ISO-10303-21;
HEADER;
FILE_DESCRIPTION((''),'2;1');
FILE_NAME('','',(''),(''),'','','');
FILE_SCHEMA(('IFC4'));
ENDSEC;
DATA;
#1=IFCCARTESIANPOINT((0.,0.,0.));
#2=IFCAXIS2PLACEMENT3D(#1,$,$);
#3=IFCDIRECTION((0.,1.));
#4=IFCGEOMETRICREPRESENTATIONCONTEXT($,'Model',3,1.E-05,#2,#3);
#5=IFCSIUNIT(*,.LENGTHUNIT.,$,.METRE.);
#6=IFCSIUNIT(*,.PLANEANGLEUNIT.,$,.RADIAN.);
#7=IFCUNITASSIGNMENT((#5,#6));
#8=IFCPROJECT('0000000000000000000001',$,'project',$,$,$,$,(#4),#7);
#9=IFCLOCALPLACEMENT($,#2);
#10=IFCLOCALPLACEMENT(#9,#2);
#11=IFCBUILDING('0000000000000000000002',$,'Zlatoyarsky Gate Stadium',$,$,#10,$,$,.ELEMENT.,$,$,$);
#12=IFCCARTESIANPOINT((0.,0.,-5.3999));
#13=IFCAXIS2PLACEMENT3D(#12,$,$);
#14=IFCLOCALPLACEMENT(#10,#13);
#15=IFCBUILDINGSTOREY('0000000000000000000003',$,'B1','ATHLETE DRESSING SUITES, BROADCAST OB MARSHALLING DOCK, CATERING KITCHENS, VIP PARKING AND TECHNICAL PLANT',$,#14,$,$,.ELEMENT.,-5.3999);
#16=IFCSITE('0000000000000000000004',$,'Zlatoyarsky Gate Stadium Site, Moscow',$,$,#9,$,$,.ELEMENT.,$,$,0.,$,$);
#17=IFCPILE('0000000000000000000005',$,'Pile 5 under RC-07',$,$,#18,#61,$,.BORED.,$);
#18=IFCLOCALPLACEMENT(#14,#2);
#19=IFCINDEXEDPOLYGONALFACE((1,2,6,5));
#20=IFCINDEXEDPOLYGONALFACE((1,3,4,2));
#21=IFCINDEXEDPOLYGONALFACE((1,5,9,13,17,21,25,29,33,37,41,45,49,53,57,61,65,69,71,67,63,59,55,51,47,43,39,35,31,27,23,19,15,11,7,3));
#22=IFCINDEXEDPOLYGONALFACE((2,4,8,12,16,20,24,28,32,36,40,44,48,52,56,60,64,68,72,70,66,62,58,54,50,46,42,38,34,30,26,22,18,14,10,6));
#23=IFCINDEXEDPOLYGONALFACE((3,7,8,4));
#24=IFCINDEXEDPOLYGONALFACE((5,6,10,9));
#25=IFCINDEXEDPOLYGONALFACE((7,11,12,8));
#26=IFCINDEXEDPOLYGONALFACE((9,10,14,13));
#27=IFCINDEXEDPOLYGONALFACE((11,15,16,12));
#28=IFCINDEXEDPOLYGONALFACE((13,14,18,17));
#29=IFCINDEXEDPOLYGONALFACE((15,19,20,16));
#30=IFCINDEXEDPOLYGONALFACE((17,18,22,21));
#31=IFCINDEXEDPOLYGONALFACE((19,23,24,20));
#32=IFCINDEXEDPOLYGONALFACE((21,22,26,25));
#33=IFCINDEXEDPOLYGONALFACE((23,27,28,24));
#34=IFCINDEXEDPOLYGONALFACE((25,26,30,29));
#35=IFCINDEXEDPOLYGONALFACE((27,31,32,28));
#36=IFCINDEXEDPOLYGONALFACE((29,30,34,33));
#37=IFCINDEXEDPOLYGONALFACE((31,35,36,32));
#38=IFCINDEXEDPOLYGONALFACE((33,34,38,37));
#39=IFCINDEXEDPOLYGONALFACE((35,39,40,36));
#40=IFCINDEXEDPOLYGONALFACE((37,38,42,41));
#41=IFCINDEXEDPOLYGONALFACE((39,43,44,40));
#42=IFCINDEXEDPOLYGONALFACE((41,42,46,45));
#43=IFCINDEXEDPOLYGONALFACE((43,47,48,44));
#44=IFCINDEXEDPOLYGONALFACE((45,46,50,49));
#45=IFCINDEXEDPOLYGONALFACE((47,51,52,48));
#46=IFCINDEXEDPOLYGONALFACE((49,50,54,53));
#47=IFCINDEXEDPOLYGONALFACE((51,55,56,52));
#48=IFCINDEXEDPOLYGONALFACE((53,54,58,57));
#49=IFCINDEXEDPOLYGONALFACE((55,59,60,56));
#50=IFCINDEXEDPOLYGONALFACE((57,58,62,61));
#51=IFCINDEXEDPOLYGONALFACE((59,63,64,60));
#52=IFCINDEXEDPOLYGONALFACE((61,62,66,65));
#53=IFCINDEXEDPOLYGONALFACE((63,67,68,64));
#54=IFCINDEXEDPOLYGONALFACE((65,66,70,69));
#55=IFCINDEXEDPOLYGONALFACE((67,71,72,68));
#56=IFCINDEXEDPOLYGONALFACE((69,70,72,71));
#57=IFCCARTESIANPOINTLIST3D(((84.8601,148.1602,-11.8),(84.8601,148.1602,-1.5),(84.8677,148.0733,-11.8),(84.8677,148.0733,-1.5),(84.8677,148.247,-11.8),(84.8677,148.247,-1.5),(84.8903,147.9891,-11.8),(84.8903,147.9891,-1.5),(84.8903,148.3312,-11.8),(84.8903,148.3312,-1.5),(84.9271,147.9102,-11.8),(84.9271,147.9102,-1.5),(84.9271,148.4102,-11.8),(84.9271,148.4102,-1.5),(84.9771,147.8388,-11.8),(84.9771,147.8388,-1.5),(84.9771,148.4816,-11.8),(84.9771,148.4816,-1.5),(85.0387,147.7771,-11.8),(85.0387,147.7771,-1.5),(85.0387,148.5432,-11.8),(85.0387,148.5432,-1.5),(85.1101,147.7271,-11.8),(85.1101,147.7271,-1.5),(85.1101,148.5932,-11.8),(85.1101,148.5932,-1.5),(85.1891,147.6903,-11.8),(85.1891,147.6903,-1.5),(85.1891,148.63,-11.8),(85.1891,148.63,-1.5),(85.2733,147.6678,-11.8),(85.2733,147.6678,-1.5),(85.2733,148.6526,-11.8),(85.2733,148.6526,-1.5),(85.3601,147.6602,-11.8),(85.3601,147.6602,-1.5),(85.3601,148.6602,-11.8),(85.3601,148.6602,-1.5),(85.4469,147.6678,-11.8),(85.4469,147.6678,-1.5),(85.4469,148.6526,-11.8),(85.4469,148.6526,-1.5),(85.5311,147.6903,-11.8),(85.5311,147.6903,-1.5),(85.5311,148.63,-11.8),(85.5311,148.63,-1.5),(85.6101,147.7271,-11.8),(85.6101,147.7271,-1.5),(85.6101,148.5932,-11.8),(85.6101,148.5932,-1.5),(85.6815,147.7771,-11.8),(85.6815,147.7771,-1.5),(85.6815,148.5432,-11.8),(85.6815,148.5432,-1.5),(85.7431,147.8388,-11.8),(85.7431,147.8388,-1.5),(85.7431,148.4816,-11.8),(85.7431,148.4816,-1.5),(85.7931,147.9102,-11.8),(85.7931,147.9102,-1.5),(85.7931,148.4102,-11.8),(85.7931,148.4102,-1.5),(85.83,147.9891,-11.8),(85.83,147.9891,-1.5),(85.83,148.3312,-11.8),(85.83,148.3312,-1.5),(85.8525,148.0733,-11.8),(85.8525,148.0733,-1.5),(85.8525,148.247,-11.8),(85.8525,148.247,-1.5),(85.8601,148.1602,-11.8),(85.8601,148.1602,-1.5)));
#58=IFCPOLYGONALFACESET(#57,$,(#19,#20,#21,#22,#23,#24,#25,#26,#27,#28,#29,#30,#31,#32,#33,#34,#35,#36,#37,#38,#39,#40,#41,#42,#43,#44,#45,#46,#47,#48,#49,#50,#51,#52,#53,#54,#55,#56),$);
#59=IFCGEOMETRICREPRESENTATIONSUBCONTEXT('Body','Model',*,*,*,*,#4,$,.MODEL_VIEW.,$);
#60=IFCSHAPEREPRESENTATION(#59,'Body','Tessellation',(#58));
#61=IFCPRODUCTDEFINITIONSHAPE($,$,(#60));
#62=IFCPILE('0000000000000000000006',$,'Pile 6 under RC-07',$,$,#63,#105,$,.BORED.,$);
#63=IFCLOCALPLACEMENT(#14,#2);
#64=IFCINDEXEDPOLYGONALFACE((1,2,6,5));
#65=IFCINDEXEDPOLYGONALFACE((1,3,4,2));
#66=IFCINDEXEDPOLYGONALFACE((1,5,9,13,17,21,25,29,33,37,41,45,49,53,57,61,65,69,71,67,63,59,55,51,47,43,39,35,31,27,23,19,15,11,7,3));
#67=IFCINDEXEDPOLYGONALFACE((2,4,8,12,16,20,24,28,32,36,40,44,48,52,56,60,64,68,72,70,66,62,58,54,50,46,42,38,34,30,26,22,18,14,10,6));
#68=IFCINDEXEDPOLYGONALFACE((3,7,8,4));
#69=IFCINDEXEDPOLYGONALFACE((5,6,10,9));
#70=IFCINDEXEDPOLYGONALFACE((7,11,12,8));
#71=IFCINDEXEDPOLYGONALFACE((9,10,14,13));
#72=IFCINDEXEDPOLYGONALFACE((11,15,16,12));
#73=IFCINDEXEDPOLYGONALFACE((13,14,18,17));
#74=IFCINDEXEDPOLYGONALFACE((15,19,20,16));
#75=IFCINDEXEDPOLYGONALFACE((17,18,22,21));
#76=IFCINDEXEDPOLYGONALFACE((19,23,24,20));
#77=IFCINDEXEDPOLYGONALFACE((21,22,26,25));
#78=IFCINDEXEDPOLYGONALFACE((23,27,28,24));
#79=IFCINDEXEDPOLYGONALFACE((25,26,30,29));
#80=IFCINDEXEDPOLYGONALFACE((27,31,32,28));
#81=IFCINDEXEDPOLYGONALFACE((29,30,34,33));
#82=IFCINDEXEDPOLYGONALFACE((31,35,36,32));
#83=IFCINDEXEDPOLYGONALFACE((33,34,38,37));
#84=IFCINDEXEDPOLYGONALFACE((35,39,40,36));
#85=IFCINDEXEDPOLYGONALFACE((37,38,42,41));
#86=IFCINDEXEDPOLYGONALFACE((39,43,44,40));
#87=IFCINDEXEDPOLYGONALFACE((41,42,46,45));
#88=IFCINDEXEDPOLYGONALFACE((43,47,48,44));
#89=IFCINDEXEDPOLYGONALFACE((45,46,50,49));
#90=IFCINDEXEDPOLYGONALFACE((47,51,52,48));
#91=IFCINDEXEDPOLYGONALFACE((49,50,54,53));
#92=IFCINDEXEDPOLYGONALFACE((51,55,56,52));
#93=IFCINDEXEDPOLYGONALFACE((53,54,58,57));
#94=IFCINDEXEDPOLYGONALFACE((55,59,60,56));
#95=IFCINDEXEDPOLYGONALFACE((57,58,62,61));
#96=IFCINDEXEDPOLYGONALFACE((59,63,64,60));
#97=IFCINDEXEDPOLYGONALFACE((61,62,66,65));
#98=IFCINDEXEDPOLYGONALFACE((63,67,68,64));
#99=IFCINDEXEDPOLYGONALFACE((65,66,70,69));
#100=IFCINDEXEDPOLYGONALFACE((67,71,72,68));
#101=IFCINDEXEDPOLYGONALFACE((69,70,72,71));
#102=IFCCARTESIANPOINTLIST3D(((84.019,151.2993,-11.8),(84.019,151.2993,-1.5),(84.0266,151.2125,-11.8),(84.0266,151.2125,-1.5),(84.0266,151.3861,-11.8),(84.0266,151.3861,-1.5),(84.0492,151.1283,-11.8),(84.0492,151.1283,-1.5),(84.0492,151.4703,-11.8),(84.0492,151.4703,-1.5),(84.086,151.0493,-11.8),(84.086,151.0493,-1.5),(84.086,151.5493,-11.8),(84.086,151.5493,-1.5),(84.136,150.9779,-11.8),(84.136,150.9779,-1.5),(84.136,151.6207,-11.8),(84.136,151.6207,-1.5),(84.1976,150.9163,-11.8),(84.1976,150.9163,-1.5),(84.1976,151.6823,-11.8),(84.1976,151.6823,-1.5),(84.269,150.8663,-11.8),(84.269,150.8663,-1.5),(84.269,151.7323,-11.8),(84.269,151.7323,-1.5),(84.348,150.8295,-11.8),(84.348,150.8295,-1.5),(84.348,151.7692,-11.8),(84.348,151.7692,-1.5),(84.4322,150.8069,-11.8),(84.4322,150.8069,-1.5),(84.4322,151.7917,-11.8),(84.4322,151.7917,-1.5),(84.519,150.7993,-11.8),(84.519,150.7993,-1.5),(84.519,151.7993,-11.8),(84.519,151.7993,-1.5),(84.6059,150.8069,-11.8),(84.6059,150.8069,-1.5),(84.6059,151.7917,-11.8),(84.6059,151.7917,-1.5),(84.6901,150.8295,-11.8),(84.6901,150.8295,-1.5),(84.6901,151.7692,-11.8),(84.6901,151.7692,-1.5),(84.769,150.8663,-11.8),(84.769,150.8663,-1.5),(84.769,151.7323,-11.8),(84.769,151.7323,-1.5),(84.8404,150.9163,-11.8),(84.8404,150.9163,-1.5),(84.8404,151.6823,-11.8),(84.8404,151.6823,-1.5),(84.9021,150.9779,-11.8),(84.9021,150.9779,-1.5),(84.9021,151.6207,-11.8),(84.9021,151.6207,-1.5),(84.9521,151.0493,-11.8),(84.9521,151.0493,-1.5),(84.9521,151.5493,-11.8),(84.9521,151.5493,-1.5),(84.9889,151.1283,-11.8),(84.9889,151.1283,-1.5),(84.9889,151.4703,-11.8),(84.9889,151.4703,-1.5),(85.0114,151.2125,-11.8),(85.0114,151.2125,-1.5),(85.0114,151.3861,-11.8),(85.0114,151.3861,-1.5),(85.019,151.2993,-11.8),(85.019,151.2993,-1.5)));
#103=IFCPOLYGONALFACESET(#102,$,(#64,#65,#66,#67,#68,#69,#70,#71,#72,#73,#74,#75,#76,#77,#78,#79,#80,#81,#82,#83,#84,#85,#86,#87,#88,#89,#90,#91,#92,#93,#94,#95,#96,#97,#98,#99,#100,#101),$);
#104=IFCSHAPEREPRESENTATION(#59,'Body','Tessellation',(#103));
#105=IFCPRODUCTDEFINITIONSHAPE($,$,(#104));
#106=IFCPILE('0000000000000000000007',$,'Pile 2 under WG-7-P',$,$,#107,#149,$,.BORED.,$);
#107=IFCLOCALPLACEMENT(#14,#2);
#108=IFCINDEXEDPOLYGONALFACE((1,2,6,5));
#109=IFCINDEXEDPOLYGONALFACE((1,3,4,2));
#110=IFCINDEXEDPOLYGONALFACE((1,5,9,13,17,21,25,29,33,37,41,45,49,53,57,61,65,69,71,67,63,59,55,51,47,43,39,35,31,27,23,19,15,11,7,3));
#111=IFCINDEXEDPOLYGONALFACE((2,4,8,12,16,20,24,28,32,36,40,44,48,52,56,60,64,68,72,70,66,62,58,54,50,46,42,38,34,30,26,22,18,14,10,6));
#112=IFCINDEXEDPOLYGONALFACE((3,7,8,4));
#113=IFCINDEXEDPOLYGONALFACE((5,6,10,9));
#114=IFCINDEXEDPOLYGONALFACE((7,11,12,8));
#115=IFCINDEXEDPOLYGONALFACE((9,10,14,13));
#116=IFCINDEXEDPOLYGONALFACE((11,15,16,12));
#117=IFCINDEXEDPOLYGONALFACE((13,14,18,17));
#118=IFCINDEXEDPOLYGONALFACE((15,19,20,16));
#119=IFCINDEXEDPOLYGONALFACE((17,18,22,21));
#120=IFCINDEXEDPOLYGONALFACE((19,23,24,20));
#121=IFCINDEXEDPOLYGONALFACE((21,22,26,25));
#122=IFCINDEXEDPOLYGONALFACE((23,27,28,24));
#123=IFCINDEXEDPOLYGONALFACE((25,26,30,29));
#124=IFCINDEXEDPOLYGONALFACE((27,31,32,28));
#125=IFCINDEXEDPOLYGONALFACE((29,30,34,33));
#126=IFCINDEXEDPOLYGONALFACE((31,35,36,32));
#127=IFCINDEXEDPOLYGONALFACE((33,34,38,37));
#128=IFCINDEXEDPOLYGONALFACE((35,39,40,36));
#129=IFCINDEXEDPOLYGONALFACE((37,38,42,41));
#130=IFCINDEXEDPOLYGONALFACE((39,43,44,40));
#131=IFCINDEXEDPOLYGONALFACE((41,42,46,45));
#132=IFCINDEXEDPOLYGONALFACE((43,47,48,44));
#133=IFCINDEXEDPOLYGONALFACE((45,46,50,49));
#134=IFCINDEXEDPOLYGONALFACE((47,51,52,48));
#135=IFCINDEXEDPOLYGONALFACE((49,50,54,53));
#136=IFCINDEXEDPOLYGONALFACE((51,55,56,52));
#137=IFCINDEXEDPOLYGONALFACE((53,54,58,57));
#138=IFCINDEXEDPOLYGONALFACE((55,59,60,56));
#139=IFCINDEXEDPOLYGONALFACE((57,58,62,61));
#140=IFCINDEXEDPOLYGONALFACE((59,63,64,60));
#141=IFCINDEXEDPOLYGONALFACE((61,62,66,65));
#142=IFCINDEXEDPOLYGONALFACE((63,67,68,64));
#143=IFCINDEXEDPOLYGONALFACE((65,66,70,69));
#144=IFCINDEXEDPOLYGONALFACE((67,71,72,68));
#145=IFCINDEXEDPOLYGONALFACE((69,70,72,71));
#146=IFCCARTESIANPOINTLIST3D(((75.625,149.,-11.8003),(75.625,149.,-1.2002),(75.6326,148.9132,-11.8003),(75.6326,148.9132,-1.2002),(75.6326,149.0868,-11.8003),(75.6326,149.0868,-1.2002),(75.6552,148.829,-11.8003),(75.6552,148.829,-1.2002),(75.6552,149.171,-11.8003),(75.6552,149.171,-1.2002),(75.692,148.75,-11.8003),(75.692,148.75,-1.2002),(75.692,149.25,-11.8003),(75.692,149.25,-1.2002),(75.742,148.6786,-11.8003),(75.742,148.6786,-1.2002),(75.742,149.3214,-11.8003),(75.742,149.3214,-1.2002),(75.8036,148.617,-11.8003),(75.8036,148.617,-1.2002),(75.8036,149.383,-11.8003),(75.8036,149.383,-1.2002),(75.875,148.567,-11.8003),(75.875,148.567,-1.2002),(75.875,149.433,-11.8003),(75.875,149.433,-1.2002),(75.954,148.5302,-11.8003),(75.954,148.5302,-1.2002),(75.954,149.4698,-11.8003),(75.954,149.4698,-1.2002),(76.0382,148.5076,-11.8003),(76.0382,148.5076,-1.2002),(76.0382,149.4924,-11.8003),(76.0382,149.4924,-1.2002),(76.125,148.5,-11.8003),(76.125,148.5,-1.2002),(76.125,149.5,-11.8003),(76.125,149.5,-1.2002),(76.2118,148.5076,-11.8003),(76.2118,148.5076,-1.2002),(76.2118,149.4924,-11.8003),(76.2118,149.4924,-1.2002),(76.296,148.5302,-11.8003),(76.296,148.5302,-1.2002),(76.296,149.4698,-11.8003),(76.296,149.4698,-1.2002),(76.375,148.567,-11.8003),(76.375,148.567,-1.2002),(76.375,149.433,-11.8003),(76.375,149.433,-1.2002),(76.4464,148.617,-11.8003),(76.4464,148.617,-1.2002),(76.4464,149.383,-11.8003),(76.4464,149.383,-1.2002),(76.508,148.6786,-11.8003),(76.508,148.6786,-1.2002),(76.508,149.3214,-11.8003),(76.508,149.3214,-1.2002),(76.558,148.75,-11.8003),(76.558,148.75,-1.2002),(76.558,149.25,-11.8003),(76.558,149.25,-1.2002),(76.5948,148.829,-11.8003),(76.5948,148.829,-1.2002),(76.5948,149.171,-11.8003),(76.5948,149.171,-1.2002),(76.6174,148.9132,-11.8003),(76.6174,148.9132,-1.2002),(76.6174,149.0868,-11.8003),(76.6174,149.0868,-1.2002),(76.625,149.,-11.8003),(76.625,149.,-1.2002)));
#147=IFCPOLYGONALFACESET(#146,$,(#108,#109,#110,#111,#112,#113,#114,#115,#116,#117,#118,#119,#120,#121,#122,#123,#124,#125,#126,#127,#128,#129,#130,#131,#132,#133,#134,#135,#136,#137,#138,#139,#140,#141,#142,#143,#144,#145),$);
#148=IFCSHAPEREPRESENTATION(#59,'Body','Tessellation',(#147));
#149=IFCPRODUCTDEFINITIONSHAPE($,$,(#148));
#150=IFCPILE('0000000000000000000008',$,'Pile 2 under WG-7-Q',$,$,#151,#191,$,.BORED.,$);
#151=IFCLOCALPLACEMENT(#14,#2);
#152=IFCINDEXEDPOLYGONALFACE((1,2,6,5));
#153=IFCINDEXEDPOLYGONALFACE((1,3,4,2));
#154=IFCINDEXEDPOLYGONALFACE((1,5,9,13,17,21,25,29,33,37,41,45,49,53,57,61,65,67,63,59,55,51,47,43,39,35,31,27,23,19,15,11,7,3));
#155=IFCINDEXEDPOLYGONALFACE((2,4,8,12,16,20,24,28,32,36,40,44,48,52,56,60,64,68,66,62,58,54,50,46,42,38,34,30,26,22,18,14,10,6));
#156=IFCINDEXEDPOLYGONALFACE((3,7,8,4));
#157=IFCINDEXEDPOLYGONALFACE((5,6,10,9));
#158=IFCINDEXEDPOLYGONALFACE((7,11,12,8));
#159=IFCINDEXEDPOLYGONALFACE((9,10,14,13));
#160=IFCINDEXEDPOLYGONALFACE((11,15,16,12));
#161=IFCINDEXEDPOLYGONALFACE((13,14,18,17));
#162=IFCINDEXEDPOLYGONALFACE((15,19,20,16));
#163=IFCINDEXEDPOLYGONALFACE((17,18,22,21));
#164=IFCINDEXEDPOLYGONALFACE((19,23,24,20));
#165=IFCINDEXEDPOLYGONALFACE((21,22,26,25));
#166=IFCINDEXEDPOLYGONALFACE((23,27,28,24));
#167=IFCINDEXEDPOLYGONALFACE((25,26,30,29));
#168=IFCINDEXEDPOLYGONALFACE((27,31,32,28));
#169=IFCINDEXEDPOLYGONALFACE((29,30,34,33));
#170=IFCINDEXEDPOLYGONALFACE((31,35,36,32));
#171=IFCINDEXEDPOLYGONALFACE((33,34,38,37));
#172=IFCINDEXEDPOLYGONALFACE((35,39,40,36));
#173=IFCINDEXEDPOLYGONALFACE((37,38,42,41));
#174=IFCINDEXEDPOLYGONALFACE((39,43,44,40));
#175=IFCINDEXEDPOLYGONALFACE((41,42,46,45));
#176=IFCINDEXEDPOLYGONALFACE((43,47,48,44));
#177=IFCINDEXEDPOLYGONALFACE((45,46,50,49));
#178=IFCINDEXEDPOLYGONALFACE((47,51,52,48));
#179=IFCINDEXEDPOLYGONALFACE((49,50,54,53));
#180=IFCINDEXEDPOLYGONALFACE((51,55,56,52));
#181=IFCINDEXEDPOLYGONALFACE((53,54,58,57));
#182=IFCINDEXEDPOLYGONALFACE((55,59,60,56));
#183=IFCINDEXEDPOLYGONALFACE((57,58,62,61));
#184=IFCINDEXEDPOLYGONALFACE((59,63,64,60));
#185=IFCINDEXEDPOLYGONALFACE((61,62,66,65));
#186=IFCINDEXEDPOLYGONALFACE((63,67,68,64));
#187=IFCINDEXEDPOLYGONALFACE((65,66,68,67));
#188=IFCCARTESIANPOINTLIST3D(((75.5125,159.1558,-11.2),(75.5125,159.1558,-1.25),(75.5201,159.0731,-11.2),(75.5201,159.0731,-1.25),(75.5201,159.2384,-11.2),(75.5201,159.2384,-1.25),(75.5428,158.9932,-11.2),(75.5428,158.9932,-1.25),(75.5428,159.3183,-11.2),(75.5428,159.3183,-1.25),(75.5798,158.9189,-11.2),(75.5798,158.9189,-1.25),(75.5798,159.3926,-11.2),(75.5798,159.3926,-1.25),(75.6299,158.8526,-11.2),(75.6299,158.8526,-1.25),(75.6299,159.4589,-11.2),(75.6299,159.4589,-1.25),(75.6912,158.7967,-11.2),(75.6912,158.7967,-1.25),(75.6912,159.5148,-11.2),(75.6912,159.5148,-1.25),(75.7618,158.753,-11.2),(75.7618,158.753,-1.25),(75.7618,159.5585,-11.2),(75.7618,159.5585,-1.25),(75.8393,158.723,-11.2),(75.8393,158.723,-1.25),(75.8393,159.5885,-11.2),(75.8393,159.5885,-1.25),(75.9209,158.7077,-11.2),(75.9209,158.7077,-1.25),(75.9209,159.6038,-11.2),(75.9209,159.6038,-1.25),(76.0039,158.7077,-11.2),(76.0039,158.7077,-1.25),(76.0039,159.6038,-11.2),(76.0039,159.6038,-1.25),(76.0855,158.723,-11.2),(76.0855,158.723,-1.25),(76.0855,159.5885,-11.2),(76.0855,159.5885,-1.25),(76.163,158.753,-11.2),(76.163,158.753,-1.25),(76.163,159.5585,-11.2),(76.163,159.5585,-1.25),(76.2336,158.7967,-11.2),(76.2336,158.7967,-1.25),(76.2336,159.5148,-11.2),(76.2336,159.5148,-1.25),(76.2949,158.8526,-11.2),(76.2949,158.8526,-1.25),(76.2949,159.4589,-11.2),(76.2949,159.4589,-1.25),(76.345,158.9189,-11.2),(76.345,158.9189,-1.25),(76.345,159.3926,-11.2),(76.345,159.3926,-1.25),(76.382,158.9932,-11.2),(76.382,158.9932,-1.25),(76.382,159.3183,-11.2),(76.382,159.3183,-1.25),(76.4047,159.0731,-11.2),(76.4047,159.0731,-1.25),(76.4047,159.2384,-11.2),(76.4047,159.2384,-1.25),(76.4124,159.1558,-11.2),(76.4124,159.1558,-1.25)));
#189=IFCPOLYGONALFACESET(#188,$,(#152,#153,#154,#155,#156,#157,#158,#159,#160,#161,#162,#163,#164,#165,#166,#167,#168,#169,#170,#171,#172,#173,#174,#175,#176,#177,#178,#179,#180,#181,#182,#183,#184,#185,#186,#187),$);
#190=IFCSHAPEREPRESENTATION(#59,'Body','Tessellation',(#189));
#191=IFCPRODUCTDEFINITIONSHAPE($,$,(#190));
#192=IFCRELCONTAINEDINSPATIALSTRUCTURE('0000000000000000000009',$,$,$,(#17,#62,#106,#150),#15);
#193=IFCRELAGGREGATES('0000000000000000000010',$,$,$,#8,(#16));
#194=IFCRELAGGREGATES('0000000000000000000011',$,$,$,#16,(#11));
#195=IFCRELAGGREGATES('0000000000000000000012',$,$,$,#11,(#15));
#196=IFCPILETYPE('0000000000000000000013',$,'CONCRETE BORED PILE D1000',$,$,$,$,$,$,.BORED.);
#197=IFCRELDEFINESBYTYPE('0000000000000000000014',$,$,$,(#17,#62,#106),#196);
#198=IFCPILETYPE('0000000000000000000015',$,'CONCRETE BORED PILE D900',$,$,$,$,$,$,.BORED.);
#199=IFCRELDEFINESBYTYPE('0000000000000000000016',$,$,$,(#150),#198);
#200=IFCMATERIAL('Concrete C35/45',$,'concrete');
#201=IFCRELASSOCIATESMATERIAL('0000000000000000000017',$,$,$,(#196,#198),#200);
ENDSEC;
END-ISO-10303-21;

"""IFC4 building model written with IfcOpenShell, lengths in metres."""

from ifc_helpers import new_model, si_unit, direction, frame, origin, origin_2d, place, context, subcontext, project, spatial, circle, extrude, material, material_profile, profile_set, type_object, element, save


model = new_model("IFC4")

# Units and contexts
model_context = context("Model", 3, precision=1e-05, world=origin(), true_north=direction((0.0, 1.0)))
body_context = subcontext(model_context, "Body", "Model", "MODEL_VIEW")
ifc_project = project(units=[si_unit("LENGTHUNIT", "METRE"), si_unit("PLANEANGLEUNIT", "RADIAN")], contexts=[model_context])

# Site, building, storey
site_placement = place(None, origin())
site = spatial("IfcSite", under=ifc_project, at=site_placement, Name="Zlatoyarsky Gate Stadium Site, Moscow", CompositionType="ELEMENT", RefElevation=0.0)
building_placement = place(site_placement, origin())
building = spatial("IfcBuilding", under=site, at=building_placement, Name="Zlatoyarsky Gate Stadium", CompositionType="ELEMENT")
storey_placement = place(building_placement, frame((0.0, 0.0, -5.3999)))
storey = spatial("IfcBuildingStorey", under=building, at=storey_placement, Name="B1", Description="ATHLETE DRESSING SUITES, BROADCAST OB MARSHALLING DOCK, CATERING KITCHENS, VIP PARKING AND TECHNICAL PLANT", CompositionType="ELEMENT", Elevation=-5.3999)

# Piles
ifc_material_1 = material(Name="Concrete C35/45", Category="concrete")
ifc_material_profile_1 = material_profile(ifc_material_1, circle(Radius=0.5, at=origin_2d()), Name="BORED PILE D1000")
ifc_profile_set_1 = profile_set([ifc_material_profile_1], Name="Concrete C35/45")
pile_type_1 = type_object("IfcPileType", Name="CONCRETE BORED PILE D1000", PredefinedType="BORED", material=ifc_profile_set_1)
for number, where, z_axis, x_axis, name in (
    (1, (85.3601, 148.1602, -1.5), (0.0, 0.0, -1.0), (1.0, 0.0, 0.0), "Pile 5 under RC-07"),
    (2, (84.519, 151.2993, -1.5), (0.0, 0.0, -1.0), (1.0, 0.0, 0.0), "Pile 6 under RC-07"),
):
    element("IfcPile", number, at=place(storey_placement, frame(where, z_axis=z_axis, x_axis=x_axis)), inside=storey, type_object=pile_type_1, Name=name, PredefinedType="BORED", context=body_context, shape_type="SweptSolid", body=[
        extrude(circle(Radius=0.5, at=origin_2d()), origin(), (0.0, 0.0, 1.0), 10.3),
    ])
pile_1_placement = place(storey_placement, frame((76.125, 149.0, -1.2002), z_axis=(0.0, 0.0, -1.0), x_axis=(1.0, 0.0, 0.0)))
element("IfcPile", 3, at=pile_1_placement, inside=storey, type_object=pile_type_1, Name="Pile 2 under WG-7-P", PredefinedType="BORED", context=body_context, shape_type="SweptSolid", body=[
    extrude(circle(Radius=0.5, at=origin_2d()), origin(), (0.0, 0.0, 1.0), 10.6001),
])
ifc_material_profile_2 = material_profile(ifc_material_1, circle(Radius=0.45, at=origin_2d()), Name="BORED PILE D900")
ifc_profile_set_2 = profile_set([ifc_material_profile_2], Name="Concrete C35/45")
pile_type_2 = type_object("IfcPileType", Name="CONCRETE BORED PILE D900", PredefinedType="BORED", material=ifc_profile_set_2)
pile_2_placement = place(storey_placement, frame((75.9624, 159.1558, -1.25), z_axis=(0.0, 0.0, -1.0), x_axis=(1.0, 0.0, 0.0)))
element("IfcPile", 4, at=pile_2_placement, inside=storey, type_object=pile_type_2, Name="Pile 2 under WG-7-Q", PredefinedType="BORED", context=body_context, shape_type="SweptSolid", body=[
    extrude(circle(Radius=0.45, at=origin_2d()), origin(), (0.0, 0.0, 1.0), 9.95),
])

save(model, "model.ifc")
